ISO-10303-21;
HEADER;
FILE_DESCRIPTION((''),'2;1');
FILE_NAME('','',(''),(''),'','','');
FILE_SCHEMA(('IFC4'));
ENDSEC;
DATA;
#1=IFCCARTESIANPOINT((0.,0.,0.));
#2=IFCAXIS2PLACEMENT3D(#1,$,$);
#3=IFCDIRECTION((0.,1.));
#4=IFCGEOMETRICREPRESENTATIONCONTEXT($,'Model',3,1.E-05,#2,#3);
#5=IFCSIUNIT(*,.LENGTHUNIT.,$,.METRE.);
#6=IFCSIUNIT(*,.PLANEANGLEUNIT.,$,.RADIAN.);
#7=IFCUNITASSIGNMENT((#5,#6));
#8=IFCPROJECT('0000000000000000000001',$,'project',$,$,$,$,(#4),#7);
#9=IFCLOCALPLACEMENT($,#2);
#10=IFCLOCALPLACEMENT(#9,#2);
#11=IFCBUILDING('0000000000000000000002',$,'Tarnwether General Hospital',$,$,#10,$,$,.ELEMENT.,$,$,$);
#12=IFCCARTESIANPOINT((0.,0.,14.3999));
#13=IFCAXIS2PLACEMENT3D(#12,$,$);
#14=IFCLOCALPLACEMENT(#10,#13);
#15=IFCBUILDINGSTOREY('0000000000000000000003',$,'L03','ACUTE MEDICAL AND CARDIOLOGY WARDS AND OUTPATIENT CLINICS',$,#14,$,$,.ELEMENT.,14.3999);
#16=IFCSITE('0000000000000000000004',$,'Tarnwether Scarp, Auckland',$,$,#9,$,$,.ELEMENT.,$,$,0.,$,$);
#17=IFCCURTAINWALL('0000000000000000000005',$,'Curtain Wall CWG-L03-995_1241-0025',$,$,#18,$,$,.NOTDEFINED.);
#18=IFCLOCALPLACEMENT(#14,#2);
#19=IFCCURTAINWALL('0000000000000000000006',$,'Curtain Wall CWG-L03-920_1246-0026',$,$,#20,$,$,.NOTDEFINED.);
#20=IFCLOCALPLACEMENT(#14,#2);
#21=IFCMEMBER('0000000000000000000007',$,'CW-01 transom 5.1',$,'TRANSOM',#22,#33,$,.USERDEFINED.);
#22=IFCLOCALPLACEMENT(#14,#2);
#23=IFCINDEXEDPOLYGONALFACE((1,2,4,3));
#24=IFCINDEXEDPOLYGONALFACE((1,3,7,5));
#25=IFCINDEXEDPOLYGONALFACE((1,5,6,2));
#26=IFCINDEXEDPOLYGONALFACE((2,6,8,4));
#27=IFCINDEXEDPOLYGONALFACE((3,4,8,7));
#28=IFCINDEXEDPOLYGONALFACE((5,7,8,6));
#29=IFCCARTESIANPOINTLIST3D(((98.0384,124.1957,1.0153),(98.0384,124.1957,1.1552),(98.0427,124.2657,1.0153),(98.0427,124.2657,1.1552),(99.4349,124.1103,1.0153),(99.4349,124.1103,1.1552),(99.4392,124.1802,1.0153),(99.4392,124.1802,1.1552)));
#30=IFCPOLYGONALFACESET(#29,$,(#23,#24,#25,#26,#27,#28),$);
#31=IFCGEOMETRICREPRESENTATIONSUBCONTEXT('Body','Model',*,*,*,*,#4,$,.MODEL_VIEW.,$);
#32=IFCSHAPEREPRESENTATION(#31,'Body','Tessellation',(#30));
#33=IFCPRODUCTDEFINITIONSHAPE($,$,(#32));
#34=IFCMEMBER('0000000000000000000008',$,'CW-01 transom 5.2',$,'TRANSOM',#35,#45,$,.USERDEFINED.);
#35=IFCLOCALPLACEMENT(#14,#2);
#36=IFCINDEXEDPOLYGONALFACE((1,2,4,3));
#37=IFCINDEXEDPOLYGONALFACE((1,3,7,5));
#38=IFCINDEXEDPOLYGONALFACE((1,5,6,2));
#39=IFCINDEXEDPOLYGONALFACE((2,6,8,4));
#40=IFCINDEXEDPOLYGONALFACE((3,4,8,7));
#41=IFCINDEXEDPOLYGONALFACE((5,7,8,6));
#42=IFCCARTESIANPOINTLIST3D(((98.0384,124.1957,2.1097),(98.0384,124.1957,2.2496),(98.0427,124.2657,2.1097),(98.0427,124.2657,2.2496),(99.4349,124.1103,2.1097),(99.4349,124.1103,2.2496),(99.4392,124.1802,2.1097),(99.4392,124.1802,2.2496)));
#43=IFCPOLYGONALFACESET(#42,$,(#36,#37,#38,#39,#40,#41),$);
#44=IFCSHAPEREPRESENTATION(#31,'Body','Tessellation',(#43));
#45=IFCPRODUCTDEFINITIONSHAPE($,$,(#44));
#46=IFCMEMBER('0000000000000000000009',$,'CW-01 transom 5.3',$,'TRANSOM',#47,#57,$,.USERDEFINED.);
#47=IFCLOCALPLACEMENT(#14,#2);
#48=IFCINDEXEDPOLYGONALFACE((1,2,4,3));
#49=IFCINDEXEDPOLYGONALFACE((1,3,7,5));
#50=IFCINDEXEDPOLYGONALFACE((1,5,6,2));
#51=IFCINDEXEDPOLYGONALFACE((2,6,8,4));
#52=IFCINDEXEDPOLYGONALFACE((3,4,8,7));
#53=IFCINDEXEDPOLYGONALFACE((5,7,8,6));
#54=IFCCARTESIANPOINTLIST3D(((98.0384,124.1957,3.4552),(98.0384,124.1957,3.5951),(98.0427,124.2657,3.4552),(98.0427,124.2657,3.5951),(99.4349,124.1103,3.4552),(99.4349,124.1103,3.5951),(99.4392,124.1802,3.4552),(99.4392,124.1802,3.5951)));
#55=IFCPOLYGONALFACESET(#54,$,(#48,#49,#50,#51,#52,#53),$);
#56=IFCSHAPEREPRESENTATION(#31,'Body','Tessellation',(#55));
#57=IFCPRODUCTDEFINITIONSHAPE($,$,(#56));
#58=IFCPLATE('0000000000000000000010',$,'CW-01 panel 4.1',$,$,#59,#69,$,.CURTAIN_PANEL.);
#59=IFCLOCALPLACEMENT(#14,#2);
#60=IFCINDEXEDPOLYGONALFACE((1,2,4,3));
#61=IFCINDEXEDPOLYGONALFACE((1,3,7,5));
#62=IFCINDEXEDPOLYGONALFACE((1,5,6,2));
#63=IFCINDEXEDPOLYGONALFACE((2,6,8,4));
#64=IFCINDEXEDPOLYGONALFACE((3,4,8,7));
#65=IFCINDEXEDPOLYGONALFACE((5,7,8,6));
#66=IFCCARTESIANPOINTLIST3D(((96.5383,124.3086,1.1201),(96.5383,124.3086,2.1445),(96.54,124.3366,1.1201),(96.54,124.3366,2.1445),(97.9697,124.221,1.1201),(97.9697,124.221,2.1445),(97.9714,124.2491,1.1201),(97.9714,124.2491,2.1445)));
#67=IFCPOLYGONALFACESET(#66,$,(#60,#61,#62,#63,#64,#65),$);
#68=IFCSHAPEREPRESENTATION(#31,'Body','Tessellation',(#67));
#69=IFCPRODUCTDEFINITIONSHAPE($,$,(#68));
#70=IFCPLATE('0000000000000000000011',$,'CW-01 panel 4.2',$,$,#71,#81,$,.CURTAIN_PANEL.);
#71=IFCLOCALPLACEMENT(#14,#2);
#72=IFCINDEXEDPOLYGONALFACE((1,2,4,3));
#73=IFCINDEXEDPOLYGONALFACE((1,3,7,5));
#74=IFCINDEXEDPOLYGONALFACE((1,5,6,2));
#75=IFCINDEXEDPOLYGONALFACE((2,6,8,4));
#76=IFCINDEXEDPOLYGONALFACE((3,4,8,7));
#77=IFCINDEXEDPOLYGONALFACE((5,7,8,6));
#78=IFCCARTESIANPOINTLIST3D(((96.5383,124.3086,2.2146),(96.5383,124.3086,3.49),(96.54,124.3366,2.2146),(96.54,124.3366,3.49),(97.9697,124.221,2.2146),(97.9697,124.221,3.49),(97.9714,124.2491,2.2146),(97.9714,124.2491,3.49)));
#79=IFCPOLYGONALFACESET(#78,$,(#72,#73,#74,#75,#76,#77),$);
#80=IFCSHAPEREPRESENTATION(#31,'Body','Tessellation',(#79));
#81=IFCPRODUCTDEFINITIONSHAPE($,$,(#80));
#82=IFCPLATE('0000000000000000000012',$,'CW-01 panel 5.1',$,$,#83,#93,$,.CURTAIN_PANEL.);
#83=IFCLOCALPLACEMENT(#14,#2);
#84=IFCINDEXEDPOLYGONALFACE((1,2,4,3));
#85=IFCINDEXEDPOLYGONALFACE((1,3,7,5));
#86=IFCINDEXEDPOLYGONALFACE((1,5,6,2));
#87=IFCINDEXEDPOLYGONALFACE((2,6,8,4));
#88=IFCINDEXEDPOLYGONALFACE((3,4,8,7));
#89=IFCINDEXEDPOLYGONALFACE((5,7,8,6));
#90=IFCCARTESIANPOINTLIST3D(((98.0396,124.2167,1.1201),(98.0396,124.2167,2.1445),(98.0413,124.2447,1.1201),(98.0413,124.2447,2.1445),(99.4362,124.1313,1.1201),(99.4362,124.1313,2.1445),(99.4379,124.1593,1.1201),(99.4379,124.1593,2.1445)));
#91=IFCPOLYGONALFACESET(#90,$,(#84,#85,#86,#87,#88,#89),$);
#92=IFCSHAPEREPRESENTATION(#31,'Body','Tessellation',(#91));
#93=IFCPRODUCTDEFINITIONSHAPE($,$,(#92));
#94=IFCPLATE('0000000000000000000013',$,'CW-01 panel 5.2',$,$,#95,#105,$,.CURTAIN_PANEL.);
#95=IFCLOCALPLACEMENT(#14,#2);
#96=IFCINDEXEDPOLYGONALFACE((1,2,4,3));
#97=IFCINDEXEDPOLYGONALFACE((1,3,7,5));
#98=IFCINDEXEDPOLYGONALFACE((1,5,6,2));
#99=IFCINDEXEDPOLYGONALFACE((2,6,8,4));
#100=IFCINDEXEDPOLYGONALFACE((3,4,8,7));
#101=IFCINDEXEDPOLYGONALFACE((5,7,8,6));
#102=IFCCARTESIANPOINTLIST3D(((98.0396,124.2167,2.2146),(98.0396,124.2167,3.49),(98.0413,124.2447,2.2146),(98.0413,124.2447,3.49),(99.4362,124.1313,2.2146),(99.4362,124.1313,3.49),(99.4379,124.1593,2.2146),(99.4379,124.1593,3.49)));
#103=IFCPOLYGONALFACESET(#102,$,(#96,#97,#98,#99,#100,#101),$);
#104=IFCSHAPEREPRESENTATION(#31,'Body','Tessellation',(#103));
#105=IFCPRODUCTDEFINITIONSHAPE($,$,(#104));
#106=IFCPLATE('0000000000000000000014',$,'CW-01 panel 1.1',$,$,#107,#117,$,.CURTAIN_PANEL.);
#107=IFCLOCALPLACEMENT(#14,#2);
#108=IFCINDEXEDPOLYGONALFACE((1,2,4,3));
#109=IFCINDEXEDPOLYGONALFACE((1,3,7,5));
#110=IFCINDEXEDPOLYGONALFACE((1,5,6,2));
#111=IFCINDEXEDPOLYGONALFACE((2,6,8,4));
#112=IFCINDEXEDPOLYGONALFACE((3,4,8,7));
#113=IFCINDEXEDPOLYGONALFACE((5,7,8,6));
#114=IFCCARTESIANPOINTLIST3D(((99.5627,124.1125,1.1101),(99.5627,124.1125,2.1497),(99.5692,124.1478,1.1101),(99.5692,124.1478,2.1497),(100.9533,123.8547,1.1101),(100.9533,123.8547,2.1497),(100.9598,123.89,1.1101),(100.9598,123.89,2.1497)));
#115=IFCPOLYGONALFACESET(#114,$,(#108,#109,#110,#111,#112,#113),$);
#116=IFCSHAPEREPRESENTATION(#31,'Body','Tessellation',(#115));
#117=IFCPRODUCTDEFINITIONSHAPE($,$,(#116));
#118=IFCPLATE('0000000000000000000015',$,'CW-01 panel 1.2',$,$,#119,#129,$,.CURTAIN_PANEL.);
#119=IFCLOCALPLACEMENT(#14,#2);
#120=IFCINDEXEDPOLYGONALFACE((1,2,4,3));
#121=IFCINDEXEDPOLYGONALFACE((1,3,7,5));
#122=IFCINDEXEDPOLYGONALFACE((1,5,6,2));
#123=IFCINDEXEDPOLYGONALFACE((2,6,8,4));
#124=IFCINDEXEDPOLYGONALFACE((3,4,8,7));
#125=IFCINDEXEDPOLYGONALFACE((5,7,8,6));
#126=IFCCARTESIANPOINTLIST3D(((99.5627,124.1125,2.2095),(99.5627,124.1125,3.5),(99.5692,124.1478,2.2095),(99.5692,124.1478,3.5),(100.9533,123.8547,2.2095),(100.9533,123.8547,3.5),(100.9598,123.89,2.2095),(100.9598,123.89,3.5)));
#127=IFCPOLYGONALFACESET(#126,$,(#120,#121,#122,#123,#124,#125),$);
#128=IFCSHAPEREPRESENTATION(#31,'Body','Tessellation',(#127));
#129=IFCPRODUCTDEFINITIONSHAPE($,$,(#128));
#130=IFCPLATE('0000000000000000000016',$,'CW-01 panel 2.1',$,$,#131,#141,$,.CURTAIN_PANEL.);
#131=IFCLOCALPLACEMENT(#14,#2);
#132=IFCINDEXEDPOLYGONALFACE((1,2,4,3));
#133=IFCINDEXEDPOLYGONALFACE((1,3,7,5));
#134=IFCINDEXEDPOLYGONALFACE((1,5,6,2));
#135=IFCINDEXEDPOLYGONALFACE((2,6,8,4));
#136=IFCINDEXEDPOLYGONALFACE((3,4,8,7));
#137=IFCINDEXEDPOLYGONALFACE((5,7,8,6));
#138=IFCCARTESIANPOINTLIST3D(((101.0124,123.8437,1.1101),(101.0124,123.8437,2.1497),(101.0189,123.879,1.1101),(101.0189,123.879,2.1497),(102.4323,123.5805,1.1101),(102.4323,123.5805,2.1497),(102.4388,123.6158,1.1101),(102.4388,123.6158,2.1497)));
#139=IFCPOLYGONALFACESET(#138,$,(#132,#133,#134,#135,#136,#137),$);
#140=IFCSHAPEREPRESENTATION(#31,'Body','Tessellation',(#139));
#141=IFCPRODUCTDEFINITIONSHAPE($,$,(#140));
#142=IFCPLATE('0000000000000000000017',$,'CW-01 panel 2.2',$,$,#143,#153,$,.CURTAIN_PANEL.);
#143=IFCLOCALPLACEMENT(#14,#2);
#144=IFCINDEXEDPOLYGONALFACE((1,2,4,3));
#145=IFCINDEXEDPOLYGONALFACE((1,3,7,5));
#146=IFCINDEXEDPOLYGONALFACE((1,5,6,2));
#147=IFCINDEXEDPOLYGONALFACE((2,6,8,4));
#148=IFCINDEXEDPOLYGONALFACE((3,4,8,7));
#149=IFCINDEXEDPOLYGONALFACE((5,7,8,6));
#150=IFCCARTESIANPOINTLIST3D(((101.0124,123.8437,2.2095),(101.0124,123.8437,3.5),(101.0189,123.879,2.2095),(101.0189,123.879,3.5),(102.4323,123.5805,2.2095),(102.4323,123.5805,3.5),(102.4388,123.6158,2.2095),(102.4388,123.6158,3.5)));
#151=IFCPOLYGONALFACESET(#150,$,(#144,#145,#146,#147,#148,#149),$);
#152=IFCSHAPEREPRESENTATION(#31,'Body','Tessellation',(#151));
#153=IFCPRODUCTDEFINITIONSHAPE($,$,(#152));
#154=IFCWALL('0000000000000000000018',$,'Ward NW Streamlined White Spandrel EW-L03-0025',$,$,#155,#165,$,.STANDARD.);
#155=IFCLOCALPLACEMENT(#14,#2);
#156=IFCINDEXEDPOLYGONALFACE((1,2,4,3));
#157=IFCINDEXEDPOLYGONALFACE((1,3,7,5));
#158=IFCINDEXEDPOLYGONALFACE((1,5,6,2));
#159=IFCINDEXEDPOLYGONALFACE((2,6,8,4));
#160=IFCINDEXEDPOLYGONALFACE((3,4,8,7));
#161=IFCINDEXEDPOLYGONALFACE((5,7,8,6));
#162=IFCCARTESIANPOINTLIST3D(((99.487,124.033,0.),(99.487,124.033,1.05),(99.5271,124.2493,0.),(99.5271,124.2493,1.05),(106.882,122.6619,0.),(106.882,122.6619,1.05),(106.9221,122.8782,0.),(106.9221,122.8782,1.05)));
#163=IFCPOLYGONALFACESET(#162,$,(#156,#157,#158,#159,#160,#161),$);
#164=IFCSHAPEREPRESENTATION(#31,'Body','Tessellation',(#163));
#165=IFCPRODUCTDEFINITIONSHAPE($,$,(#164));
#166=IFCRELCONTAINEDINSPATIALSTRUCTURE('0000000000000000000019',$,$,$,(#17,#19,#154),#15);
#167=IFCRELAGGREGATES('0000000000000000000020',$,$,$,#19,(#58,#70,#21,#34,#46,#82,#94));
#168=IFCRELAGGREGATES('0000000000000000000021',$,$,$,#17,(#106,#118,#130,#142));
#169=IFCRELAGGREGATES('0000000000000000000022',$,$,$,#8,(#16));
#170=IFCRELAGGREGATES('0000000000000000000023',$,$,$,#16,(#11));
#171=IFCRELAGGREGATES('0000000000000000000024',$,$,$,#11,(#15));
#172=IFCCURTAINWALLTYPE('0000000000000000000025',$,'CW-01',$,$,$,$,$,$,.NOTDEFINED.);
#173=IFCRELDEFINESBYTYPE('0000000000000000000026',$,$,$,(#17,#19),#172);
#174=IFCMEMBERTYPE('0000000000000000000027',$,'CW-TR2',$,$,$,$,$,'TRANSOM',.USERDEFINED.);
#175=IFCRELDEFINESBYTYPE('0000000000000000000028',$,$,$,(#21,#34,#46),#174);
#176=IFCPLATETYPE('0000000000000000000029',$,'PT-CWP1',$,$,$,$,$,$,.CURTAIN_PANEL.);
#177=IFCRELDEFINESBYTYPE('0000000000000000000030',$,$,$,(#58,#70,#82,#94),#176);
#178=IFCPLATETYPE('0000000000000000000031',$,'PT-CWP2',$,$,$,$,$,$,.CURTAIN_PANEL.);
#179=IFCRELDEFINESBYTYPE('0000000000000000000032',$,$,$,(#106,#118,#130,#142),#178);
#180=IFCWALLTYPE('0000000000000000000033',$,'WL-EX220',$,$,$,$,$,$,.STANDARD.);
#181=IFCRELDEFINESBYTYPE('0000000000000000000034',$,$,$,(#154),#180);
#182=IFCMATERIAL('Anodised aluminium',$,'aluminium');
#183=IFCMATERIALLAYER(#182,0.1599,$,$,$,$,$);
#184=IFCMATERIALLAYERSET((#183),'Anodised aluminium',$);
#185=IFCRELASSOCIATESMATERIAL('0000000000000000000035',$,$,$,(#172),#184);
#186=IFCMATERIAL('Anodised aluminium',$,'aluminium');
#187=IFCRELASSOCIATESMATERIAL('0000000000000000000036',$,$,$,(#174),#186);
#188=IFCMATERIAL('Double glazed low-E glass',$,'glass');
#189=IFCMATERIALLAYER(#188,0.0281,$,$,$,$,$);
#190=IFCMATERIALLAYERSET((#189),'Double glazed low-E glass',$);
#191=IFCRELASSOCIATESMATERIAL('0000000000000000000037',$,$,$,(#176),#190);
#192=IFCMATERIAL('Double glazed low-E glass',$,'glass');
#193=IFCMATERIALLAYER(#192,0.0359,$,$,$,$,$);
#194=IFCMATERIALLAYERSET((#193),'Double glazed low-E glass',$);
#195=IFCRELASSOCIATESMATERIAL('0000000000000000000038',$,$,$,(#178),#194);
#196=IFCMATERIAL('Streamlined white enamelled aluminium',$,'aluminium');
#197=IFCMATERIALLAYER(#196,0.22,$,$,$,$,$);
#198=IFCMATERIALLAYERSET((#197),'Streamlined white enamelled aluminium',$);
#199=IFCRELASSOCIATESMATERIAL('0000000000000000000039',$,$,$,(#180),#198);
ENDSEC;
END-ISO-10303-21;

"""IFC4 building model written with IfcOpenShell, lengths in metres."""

from ifc_helpers import new_model, si_unit, direction, frame, frame_2d, origin, origin_2d, place, context, subcontext, project, spatial, rectangle, extrude, material, layer, layer_set, material_profile, profile_set, type_object, element, aggregate, save


model = new_model("IFC4")

# Units and contexts
model_context = context("Model", 3, precision=1e-05, world=origin(), true_north=direction((0.0, 1.0)))
body_context = subcontext(model_context, "Body", "Model", "MODEL_VIEW")
ifc_project = project(units=[si_unit("LENGTHUNIT", "METRE"), si_unit("PLANEANGLEUNIT", "RADIAN")], contexts=[model_context])

# Site, building, storey
site_placement = place(None, origin())
site = spatial("IfcSite", under=ifc_project, at=site_placement, Name="Tarnwether Scarp, Auckland", CompositionType="ELEMENT", RefElevation=0.0)
building_placement = place(site_placement, origin())
building = spatial("IfcBuilding", under=site, at=building_placement, Name="Tarnwether General Hospital", CompositionType="ELEMENT")
storey_placement = place(building_placement, frame((0.0, 0.0, 14.3999)))
storey = spatial("IfcBuildingStorey", under=building, at=storey_placement, Name="L03", Description="ACUTE MEDICAL AND CARDIOLOGY WARDS AND OUTPATIENT CLINICS", CompositionType="ELEMENT", Elevation=14.3999)

# Curtain walls
ifc_material_1 = material(Name="Anodised aluminium", Category="aluminium")
ifc_layer_1 = layer(ifc_material_1, 0.1599)
ifc_layer_set_1 = layer_set([ifc_layer_1], Name="Anodised aluminium")
curtain_wall_type = type_object("IfcCurtainWallType", Name="CW-01", PredefinedType="NOTDEFINED", material=ifc_layer_set_1)
curtain_wall_1_placement = place(storey_placement, origin())
curtain_wall_1 = element("IfcCurtainWall", 1, at=curtain_wall_1_placement, inside=storey, type_object=curtain_wall_type, Name="Curtain Wall CWG-L03-995_1241-0025", PredefinedType="NOTDEFINED")
curtain_wall_2_placement = place(storey_placement, origin())
curtain_wall_2 = element("IfcCurtainWall", 2, at=curtain_wall_2_placement, inside=storey, type_object=curtain_wall_type, Name="Curtain Wall CWG-L03-920_1246-0026", PredefinedType="NOTDEFINED")

# Members
ifc_material_2 = material(Name="Anodised aluminium", Category="aluminium")
ifc_material_profile_1 = material_profile(ifc_material_2, rectangle(XDim=0.0701, YDim=0.1399, at=origin_2d()), Name="ALU-TRN-70x140")
ifc_profile_set_1 = profile_set([ifc_material_profile_1], Name="Anodised aluminium")
member_type_1 = type_object("IfcMemberType", Name="CW-TR2", ElementType="TRANSOM", PredefinedType="USERDEFINED", material=ifc_profile_set_1)
member_1_placement = place(storey_placement, frame((98.0405, 124.2307, 1.0852), z_axis=(0.998133, -0.061075, 0.0), x_axis=(0.061075, 0.998133, 0.0)))
member_1 = element("IfcMember", 3, at=member_1_placement, type_object=member_type_1, Name="CW-01 transom 5.1", ObjectType="TRANSOM", PredefinedType="USERDEFINED", context=body_context, shape_type="SweptSolid", body=[
    extrude(rectangle(XDim=0.0701, YDim=0.1399, at=origin_2d()), origin(), (0.0, 0.0, 1.0), 1.3992),
])
member_2_placement = place(storey_placement, frame((98.0405, 124.2307, 2.1797), z_axis=(0.998133, -0.061075, 0.0), x_axis=(0.061075, 0.998133, 0.0)))
member_2 = element("IfcMember", 4, at=member_2_placement, type_object=member_type_1, Name="CW-01 transom 5.2", ObjectType="TRANSOM", PredefinedType="USERDEFINED", context=body_context, shape_type="SweptSolid", body=[
    extrude(rectangle(XDim=0.0701, YDim=0.1399, at=origin_2d()), origin(), (0.0, 0.0, 1.0), 1.3992),
])
member_3_placement = place(storey_placement, frame((98.0405, 124.2307, 3.5251), z_axis=(0.998133, -0.061075, 0.0), x_axis=(0.061075, 0.998133, 0.0)))
member_3 = element("IfcMember", 5, at=member_3_placement, type_object=member_type_1, Name="CW-01 transom 5.3", ObjectType="TRANSOM", PredefinedType="USERDEFINED", context=body_context, shape_type="SweptSolid", body=[
    extrude(rectangle(XDim=0.0701, YDim=0.1399, at=origin_2d()), origin(), (0.0, 0.0, 1.0), 1.3992),
])

# Plates
ifc_material_3 = material(Name="Double glazed low-E glass", Category="glass")
ifc_layer_2 = layer(ifc_material_3, 0.0281)
ifc_layer_set_2 = layer_set([ifc_layer_2], Name="Double glazed low-E glass")
plate_type_1 = type_object("IfcPlateType", Name="PT-CWP1", PredefinedType="CURTAIN_PANEL", material=ifc_layer_set_2)
plate_1_placement = place(storey_placement, frame((97.2549, 124.2788, 1.1201), z_axis=(0.0, 0.0, 1.0), x_axis=(0.998136, -0.061029, 0.0)))
plate_1 = element("IfcPlate", 6, at=plate_1_placement, type_object=plate_type_1, Name="CW-01 panel 4.1", PredefinedType="CURTAIN_PANEL", context=body_context, shape_type="SweptSolid", body=[
    extrude(rectangle(XDim=1.4341, YDim=0.0281, at=origin_2d()), origin(), (0.0, 0.0, 1.0), 1.0244),
])
plate_2_placement = place(storey_placement, frame((97.2549, 124.2788, 2.2146), z_axis=(0.0, 0.0, 1.0), x_axis=(0.998136, -0.061029, 0.0)))
plate_2 = element("IfcPlate", 7, at=plate_2_placement, type_object=plate_type_1, Name="CW-01 panel 4.2", PredefinedType="CURTAIN_PANEL", context=body_context, shape_type="SweptSolid", body=[
    extrude(rectangle(XDim=1.4341, YDim=0.0281, at=origin_2d()), origin(), (0.0, 0.0, 1.0), 1.2754),
])
plate_3_placement = place(storey_placement, frame((98.7388, 124.188, 1.1201), z_axis=(0.0, 0.0, 1.0), x_axis=(0.998136, -0.061029, 0.0)))
plate_3 = element("IfcPlate", 8, at=plate_3_placement, type_object=plate_type_1, Name="CW-01 panel 5.1", PredefinedType="CURTAIN_PANEL", context=body_context, shape_type="SweptSolid", body=[
    extrude(rectangle(XDim=1.3992, YDim=0.0281, at=origin_2d()), origin(), (0.0, 0.0, 1.0), 1.0244),
])
plate_4_placement = place(storey_placement, frame((98.7388, 124.188, 2.2146), z_axis=(0.0, 0.0, 1.0), x_axis=(0.998136, -0.061029, 0.0)))
plate_4 = element("IfcPlate", 9, at=plate_4_placement, type_object=plate_type_1, Name="CW-01 panel 5.2", PredefinedType="CURTAIN_PANEL", context=body_context, shape_type="SweptSolid", body=[
    extrude(rectangle(XDim=1.3992, YDim=0.0281, at=origin_2d()), origin(), (0.0, 0.0, 1.0), 1.2754),
])
aggregate(curtain_wall_2, [plate_1, plate_2, member_1, member_2, member_3, plate_3, plate_4])
ifc_material_4 = material(Name="Double glazed low-E glass", Category="glass")
ifc_layer_3 = layer(ifc_material_4, 0.0359)
ifc_layer_set_3 = layer_set([ifc_layer_3], Name="Double glazed low-E glass")
plate_type_2 = type_object("IfcPlateType", Name="PT-CWP2", PredefinedType="CURTAIN_PANEL", material=ifc_layer_set_3)
plate_5_placement = place(storey_placement, frame((100.2612, 124.0012, 1.1101), z_axis=(0.0, 0.0, 1.0), x_axis=(0.983245, -0.182289, 0.0)))
plate_5 = element("IfcPlate", 10, at=plate_5_placement, type_object=plate_type_2, Name="CW-01 panel 1.1", PredefinedType="CURTAIN_PANEL", context=body_context, shape_type="SweptSolid", body=[
    extrude(rectangle(XDim=1.4143, YDim=0.0359, at=origin_2d()), origin(), (0.0, 0.0, 1.0), 1.0396),
])
plate_6_placement = place(storey_placement, frame((100.2612, 124.0012, 2.2095), z_axis=(0.0, 0.0, 1.0), x_axis=(0.983245, -0.182289, 0.0)))
plate_6 = element("IfcPlate", 11, at=plate_6_placement, type_object=plate_type_2, Name="CW-01 panel 1.2", PredefinedType="CURTAIN_PANEL", context=body_context, shape_type="SweptSolid", body=[
    extrude(rectangle(XDim=1.4143, YDim=0.0359, at=origin_2d()), origin(), (0.0, 0.0, 1.0), 1.2905),
])
plate_7_placement = place(storey_placement, frame((101.7256, 123.7297, 1.1101), z_axis=(0.0, 0.0, 1.0), x_axis=(0.983245, -0.182289, 0.0)))
plate_7 = element("IfcPlate", 12, at=plate_7_placement, type_object=plate_type_2, Name="CW-01 panel 2.1", PredefinedType="CURTAIN_PANEL", context=body_context, shape_type="SweptSolid", body=[
    extrude(rectangle(XDim=1.4441, YDim=0.0359, at=origin_2d()), origin(), (0.0, 0.0, 1.0), 1.0396),
])
plate_8_placement = place(storey_placement, frame((101.7256, 123.7297, 2.2095), z_axis=(0.0, 0.0, 1.0), x_axis=(0.983245, -0.182289, 0.0)))
plate_8 = element("IfcPlate", 13, at=plate_8_placement, type_object=plate_type_2, Name="CW-01 panel 2.2", PredefinedType="CURTAIN_PANEL", context=body_context, shape_type="SweptSolid", body=[
    extrude(rectangle(XDim=1.4441, YDim=0.0359, at=origin_2d()), origin(), (0.0, 0.0, 1.0), 1.2905),
])
aggregate(curtain_wall_1, [plate_5, plate_6, plate_7, plate_8])

# Wall
ifc_material_5 = material(Name="Streamlined white enamelled aluminium", Category="aluminium")
ifc_layer_4 = layer(ifc_material_5, 0.22)
ifc_layer_set_4 = layer_set([ifc_layer_4], Name="Streamlined white enamelled aluminium")
wall_type = type_object("IfcWallType", Name="WL-EX220", PredefinedType="STANDARD", material=ifc_layer_set_4)
wall_placement = place(storey_placement, frame((99.5071, 124.1411, 0.0), z_axis=(0.0, 0.0, 1.0), x_axis=(0.983243, -0.182301, 0.0)))
element("IfcWall", 14, at=wall_placement, inside=storey, type_object=wall_type, Name="Ward NW Streamlined White Spandrel EW-L03-0025", PredefinedType="STANDARD", context=body_context, shape_type="SweptSolid", body=[
    extrude(rectangle(XDim=7.521, YDim=0.22, at=frame_2d((3.7605, 0.0))), origin(), (0.0, 0.0, 1.0), 1.05),
])

save(model, "model.ifc")
